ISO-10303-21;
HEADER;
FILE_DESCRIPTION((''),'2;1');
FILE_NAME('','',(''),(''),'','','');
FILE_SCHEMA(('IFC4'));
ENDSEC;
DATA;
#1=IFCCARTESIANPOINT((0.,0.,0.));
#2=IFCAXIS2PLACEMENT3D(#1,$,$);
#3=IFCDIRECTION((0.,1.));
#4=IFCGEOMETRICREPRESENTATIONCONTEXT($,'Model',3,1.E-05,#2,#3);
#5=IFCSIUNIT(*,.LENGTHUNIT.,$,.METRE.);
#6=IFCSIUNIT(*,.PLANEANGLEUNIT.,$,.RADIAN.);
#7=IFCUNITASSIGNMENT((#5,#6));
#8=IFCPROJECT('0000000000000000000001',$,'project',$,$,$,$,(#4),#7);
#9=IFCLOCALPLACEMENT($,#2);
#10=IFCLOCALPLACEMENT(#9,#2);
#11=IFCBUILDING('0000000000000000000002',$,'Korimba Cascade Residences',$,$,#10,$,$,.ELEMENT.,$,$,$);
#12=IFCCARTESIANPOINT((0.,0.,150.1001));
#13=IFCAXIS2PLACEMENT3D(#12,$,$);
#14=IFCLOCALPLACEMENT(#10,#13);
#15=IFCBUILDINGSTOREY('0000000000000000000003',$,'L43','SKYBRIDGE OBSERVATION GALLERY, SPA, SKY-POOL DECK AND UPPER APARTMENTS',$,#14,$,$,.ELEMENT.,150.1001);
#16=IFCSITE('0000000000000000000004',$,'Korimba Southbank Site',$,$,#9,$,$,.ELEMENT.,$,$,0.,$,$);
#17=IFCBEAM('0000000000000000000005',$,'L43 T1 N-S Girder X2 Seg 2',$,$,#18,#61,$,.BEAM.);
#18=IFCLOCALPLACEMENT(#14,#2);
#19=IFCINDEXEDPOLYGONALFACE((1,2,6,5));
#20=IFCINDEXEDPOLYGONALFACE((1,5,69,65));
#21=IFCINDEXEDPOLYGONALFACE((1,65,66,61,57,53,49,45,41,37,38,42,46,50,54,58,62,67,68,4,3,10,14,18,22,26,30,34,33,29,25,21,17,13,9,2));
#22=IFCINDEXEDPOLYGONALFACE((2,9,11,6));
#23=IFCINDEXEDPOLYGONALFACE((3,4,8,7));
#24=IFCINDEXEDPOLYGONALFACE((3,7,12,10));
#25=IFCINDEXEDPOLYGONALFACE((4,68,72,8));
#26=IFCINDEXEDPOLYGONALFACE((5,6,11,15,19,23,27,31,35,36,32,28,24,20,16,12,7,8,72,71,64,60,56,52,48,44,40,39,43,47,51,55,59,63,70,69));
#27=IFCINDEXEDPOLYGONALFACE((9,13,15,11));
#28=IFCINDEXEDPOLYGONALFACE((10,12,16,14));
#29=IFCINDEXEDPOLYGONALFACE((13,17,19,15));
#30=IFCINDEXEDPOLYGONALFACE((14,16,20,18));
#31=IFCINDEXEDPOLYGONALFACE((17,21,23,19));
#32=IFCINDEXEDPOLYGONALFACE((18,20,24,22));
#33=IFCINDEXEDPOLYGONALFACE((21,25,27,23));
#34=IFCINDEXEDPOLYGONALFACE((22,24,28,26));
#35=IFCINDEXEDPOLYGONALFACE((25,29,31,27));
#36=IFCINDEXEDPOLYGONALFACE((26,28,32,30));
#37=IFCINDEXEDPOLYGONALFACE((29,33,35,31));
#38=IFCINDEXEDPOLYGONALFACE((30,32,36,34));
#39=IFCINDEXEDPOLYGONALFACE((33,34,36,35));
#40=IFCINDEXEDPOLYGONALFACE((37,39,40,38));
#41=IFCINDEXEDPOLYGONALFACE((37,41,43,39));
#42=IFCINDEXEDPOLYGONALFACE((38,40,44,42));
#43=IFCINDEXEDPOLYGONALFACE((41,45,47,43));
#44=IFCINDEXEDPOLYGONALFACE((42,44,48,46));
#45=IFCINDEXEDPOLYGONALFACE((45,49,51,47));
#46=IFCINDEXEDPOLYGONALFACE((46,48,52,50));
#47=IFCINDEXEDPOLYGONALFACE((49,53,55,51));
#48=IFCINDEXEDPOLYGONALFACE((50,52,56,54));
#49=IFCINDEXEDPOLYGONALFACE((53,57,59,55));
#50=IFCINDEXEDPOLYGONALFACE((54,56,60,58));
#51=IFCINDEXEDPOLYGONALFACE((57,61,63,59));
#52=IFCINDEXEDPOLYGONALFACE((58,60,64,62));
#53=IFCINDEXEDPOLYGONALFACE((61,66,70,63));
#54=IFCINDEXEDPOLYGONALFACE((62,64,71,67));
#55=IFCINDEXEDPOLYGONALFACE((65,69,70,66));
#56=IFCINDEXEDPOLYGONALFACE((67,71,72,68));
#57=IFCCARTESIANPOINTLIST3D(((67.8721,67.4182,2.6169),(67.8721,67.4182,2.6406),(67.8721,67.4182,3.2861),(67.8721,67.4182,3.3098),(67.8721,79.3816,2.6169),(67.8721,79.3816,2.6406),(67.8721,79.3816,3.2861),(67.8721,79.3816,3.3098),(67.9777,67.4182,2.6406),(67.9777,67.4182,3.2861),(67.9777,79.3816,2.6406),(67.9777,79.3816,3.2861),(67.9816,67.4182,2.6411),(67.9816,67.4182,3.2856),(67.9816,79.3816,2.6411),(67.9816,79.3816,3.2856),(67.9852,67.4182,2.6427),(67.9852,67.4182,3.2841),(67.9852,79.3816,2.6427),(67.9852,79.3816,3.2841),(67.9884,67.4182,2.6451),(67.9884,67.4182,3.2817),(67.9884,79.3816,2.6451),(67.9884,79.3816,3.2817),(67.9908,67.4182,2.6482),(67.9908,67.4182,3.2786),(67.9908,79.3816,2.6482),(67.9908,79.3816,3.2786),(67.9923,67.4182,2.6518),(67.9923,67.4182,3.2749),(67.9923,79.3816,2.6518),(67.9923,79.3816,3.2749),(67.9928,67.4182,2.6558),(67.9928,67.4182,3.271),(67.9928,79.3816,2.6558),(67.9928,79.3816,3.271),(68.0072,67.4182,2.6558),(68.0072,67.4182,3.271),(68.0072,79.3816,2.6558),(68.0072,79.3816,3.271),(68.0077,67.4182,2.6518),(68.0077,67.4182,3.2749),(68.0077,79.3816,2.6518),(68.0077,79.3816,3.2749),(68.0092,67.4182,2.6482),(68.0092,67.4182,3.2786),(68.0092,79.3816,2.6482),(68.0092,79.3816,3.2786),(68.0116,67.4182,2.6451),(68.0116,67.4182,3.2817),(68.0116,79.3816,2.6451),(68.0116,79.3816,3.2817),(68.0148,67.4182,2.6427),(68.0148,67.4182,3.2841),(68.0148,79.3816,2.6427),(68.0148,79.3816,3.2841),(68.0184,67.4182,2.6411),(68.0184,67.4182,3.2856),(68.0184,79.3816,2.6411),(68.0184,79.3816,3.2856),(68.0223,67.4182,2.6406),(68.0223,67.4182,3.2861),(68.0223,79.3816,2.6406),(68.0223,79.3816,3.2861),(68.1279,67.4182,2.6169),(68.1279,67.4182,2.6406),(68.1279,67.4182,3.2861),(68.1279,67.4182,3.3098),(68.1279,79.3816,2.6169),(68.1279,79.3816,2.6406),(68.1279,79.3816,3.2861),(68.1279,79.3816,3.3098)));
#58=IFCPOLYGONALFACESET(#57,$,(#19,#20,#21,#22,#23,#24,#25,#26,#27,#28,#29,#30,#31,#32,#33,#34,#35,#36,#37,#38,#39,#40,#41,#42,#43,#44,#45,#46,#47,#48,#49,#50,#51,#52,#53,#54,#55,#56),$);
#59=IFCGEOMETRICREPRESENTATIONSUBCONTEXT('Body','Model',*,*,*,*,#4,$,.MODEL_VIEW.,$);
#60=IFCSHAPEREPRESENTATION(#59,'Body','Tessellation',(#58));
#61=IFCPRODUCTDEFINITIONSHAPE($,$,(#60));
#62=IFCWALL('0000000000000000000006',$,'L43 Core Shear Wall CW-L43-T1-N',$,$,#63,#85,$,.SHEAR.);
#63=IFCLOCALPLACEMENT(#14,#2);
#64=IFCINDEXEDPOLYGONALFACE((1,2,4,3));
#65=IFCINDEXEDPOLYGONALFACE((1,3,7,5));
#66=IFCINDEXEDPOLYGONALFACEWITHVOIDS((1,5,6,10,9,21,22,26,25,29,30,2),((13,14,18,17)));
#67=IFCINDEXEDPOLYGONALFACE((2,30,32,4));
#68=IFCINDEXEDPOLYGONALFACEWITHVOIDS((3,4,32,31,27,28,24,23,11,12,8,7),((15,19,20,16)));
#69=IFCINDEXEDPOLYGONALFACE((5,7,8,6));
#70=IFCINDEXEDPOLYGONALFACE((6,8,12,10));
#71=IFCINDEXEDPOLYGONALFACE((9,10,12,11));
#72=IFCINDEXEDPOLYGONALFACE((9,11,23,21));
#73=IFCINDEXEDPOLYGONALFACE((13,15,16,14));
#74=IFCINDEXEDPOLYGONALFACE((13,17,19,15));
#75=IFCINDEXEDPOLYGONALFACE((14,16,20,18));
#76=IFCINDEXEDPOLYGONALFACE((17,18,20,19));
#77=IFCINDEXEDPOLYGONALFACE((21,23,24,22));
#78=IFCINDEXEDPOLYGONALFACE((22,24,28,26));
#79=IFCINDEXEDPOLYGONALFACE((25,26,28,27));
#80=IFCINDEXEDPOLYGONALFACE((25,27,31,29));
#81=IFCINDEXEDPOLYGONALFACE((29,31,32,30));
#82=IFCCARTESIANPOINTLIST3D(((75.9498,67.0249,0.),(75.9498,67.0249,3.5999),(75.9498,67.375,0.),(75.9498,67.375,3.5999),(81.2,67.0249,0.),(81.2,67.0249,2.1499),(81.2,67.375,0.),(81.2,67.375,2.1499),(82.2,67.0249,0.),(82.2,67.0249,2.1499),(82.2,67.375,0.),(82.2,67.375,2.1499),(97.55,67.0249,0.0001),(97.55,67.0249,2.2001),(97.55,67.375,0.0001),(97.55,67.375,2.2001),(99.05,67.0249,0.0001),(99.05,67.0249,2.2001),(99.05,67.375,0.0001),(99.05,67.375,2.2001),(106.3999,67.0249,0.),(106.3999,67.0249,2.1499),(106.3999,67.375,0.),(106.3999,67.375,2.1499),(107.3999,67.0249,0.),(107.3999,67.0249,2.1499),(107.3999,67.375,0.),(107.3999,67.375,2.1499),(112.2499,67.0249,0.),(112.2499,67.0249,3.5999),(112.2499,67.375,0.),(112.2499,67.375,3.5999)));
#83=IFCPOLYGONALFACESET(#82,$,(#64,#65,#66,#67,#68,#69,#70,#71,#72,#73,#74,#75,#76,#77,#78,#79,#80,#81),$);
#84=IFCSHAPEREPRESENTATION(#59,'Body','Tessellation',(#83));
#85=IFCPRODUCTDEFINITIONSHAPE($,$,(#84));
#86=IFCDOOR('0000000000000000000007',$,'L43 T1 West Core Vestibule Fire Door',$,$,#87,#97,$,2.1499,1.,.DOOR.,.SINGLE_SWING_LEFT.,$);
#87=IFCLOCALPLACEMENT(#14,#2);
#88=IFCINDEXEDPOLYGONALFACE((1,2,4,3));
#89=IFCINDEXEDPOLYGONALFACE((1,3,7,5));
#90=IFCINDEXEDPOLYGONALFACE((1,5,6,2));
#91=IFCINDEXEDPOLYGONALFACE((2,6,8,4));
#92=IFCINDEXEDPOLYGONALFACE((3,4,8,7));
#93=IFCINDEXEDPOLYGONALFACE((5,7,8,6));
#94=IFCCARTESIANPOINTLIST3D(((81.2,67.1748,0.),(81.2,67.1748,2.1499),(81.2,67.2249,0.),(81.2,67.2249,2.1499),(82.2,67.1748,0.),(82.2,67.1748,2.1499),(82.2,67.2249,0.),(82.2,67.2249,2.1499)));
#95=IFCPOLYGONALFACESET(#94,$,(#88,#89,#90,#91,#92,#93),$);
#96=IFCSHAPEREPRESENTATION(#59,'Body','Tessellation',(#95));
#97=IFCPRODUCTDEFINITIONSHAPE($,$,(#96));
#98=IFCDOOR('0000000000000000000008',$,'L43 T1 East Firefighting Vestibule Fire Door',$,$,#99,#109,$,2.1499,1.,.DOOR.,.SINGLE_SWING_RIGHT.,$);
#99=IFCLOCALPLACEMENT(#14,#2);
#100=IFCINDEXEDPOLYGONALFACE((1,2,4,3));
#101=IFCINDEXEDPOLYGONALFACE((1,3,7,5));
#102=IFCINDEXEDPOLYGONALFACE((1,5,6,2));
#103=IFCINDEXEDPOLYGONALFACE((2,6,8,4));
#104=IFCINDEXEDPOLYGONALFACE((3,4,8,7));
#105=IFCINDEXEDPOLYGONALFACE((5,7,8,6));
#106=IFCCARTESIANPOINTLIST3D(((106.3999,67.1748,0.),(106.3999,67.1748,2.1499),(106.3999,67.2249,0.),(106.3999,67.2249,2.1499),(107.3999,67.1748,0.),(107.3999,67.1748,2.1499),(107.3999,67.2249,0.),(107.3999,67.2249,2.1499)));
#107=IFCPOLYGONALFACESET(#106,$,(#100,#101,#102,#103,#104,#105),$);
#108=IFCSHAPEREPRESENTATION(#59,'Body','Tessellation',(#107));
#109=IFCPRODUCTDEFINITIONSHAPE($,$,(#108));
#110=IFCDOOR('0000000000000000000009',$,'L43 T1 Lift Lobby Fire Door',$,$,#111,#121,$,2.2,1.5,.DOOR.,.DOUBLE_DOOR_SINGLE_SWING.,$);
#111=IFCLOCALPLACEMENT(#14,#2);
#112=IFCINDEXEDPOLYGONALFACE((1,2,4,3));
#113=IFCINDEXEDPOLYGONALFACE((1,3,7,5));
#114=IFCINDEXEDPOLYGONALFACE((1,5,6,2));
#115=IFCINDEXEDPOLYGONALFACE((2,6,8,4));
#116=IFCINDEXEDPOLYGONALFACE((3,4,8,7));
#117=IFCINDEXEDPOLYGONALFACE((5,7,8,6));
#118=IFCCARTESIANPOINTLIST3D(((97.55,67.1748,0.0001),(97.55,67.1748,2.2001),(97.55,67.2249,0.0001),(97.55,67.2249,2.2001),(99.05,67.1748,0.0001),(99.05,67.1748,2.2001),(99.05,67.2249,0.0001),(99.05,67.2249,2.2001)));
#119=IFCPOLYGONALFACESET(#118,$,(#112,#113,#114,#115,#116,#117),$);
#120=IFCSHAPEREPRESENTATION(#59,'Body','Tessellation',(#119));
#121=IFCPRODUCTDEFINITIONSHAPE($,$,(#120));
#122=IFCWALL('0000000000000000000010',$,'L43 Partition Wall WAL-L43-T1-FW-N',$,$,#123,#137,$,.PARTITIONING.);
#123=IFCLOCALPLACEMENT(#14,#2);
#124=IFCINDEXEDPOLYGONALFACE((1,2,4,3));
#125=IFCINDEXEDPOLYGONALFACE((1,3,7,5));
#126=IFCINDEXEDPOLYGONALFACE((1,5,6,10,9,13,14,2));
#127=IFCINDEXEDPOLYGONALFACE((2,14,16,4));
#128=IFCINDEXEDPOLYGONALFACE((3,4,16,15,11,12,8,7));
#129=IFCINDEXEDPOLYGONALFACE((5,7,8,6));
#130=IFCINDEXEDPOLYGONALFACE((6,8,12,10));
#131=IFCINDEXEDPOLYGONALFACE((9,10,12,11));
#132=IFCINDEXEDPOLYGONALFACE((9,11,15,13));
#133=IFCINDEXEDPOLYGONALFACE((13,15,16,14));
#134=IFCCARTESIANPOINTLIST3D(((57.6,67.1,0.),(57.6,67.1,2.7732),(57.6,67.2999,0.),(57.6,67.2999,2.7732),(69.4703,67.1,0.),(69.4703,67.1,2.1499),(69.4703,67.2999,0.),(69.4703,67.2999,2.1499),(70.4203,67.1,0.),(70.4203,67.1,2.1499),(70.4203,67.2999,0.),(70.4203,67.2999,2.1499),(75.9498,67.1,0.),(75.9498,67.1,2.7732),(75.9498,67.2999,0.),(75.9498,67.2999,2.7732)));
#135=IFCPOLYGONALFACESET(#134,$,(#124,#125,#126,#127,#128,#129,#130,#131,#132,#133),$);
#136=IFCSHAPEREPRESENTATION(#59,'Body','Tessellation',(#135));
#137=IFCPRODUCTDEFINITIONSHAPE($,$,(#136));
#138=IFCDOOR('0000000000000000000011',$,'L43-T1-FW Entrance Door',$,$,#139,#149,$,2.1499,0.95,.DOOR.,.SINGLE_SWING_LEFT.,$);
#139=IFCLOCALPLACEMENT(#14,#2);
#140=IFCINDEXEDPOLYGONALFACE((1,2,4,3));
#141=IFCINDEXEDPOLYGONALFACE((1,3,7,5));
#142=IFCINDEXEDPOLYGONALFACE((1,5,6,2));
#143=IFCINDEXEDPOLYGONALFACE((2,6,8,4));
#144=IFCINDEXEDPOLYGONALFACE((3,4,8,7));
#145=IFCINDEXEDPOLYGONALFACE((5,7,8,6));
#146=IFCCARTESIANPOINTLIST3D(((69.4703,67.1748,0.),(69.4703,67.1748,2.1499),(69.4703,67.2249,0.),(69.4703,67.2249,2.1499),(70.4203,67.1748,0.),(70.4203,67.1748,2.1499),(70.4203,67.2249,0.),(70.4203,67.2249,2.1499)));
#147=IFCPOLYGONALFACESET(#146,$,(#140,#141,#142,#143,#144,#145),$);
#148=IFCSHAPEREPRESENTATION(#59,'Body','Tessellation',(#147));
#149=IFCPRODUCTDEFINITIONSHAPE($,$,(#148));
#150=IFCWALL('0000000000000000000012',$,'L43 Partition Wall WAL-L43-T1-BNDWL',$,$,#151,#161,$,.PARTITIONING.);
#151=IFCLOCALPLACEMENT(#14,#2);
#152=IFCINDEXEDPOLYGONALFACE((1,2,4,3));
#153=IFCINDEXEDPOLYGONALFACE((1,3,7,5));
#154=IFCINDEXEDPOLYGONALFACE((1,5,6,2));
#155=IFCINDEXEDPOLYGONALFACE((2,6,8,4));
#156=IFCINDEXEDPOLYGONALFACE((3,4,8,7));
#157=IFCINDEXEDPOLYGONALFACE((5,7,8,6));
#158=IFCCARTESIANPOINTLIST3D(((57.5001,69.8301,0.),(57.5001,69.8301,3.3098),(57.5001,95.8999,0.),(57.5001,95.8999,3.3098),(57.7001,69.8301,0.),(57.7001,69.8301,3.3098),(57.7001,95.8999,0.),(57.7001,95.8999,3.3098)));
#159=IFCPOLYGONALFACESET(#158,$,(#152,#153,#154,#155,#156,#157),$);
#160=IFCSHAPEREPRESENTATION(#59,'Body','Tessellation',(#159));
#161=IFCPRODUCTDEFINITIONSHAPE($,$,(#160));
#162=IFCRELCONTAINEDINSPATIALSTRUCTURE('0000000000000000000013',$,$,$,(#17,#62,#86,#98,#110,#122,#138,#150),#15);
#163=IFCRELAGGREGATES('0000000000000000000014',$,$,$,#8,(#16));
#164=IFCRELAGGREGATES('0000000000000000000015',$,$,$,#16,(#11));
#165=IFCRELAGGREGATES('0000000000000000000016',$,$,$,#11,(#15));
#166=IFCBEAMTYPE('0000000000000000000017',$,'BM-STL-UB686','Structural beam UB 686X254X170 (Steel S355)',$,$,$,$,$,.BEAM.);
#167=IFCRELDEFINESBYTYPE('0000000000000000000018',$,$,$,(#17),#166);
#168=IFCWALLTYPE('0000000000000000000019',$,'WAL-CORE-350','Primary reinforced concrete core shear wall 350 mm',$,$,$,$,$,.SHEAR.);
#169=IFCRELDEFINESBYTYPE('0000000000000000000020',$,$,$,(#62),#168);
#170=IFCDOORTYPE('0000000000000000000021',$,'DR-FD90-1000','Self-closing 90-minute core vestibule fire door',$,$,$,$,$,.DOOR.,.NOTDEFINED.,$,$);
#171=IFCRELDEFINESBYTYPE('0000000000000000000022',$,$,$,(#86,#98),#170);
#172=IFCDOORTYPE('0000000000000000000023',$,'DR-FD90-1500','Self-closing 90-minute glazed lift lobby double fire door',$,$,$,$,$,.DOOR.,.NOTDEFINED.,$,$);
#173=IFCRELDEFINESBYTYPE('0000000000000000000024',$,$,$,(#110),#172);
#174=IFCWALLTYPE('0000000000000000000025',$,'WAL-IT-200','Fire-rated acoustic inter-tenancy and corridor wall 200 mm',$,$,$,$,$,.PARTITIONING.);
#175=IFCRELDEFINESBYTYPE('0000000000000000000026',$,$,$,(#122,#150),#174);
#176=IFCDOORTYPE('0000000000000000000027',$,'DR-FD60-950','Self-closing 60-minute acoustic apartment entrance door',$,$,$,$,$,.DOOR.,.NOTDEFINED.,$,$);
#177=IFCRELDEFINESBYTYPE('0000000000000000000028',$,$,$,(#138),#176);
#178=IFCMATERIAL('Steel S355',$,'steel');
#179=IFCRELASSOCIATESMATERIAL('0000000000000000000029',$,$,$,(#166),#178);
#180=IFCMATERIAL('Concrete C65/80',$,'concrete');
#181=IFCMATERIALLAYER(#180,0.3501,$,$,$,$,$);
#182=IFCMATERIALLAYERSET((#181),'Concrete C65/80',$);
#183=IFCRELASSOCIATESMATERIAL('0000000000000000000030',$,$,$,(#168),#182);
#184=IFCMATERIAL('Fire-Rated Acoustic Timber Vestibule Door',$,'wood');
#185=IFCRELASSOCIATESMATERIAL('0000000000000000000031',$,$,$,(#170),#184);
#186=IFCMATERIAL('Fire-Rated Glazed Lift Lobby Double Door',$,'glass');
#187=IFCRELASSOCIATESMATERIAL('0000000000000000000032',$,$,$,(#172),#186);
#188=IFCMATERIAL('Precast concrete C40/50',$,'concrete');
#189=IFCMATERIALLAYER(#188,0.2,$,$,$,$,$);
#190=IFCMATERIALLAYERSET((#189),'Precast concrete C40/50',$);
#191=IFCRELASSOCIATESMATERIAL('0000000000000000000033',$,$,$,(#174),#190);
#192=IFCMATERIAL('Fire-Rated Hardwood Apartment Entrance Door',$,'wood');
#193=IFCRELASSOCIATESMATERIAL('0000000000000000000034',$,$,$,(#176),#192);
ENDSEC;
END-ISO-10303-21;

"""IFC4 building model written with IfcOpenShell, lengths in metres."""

from ifc_helpers import new_model, si_unit, direction, frame, frame_2d, origin, origin_2d, place, context, subcontext, project, spatial, rectangle, i_section, extrude, material, layer, layer_set, material_profile, profile_set, type_object, element, fill, save


model = new_model("IFC4")

# Units and contexts
model_context = context("Model", 3, precision=1e-05, world=origin(), true_north=direction((0.0, 1.0)))
body_context = subcontext(model_context, "Body", "Model", "MODEL_VIEW")
ifc_project = project(units=[si_unit("LENGTHUNIT", "METRE"), si_unit("PLANEANGLEUNIT", "RADIAN")], contexts=[model_context])

# Site, building, storey
site_placement = place(None, origin())
site = spatial("IfcSite", under=ifc_project, at=site_placement, Name="Korimba Southbank Site", CompositionType="ELEMENT", RefElevation=0.0)
building_placement = place(site_placement, origin())
building = spatial("IfcBuilding", under=site, at=building_placement, Name="Korimba Cascade Residences", CompositionType="ELEMENT")
storey_placement = place(building_placement, frame((0.0, 0.0, 150.1001)))
storey = spatial("IfcBuildingStorey", under=building, at=storey_placement, Name="L43", Description="SKYBRIDGE OBSERVATION GALLERY, SPA, SKY-POOL DECK AND UPPER APARTMENTS", CompositionType="ELEMENT", Elevation=150.1001)

# Beam
ifc_material_1 = material(Name="Steel S355", Category="steel")
ifc_material_profile_1 = material_profile(ifc_material_1, i_section(OverallWidth=0.2559, OverallDepth=0.6929, WebThickness=0.0144, FlangeThickness=0.0237, FilletRadius=0.0151, at=origin_2d()), Name="Steel S355")
ifc_profile_set_1 = profile_set([ifc_material_profile_1], Name="Steel S355")
beam_type_1 = type_object("IfcBeamType", Name="BM-STL-UB686", Description="Structural beam UB 686X254X170 (Steel S355)", PredefinedType="BEAM", material=ifc_profile_set_1)
for number, where, z_axis, x_axis, name in (
    (1, (68.0, 67.4182, 2.9634), (0.0, 1.0, 0.0), (-1.0, 0.0, 0.0), "L43 T1 N-S Girder X2 Seg 2"),
):
    element("IfcBeam", number, at=place(storey_placement, frame(where, z_axis=z_axis, x_axis=x_axis)), inside=storey, type_object=beam_type_1, Name=name, PredefinedType="BEAM", context=body_context, shape_type="SweptSolid", body=[
        extrude(i_section(OverallWidth=0.2559, OverallDepth=0.6929, WebThickness=0.0144, FlangeThickness=0.0237, FilletRadius=0.0151, at=origin_2d()), origin(), (0.0, 0.0, 1.0), 11.9634),
    ])

# Wall, openings, doors
ifc_material_2 = material(Name="Concrete C65/80", Category="concrete")
ifc_layer_1 = layer(ifc_material_2, 0.3501)
ifc_layer_set_1 = layer_set([ifc_layer_1], Name="Concrete C65/80")
wall_type_1 = type_object("IfcWallType", Name="WAL-CORE-350", Description="Primary reinforced concrete core shear wall 350 mm", PredefinedType="SHEAR", material=ifc_layer_set_1)
wall_1_placement = place(storey_placement, frame((75.95, 67.2, 0.0), z_axis=(0.0, 0.0, 1.0), x_axis=(1.0, 0.0, 0.0)))
wall_1 = element("IfcWall", 2, at=wall_1_placement, inside=storey, type_object=wall_type_1, Name="L43 Core Shear Wall CW-L43-T1-N", PredefinedType="SHEAR", context=body_context, shape_type="SweptSolid", body=[
    extrude(rectangle(XDim=36.3, YDim=0.3501, at=frame_2d((18.1499, 0.0))), origin(), (0.0, 0.0, 1.0), 3.5999),
])
opening_1_placement = place(wall_1_placement, frame((5.25, 0.0, 0.0)))
opening_1 = element("IfcOpeningElement", 3, at=opening_1_placement, cuts=wall_1, PredefinedType="OPENING", context=body_context, shape_type="SweptSolid", body=[
    extrude(rectangle(XDim=1.0, YDim=2.1499, at=frame_2d((0.5, 1.075))), frame((0.0, 0.1851, 0.0), z_axis=(0.0, -1.0, 0.0), x_axis=(1.0, 0.0, 0.0)), (0.0, 0.0, 1.0), 0.3701),
])
opening_2_placement = place(wall_1_placement, frame((21.6001, 0.0, 0.0)))
opening_2 = element("IfcOpeningElement", 4, at=opening_2_placement, cuts=wall_1, PredefinedType="OPENING", context=body_context, shape_type="SweptSolid", body=[
    extrude(rectangle(XDim=1.5, YDim=2.2, at=frame_2d((0.75, 1.1001))), frame((0.0, 0.1851, 0.0), z_axis=(0.0, -1.0, 0.0), x_axis=(1.0, 0.0, 0.0)), (0.0, 0.0, 1.0), 0.3701),
])
opening_3_placement = place(wall_1_placement, frame((30.45, 0.0, 0.0)))
opening_3 = element("IfcOpeningElement", 5, at=opening_3_placement, cuts=wall_1, PredefinedType="OPENING", context=body_context, shape_type="SweptSolid", body=[
    extrude(rectangle(XDim=1.0, YDim=2.1499, at=frame_2d((0.5, 1.075))), frame((0.0, 0.1851, 0.0), z_axis=(0.0, -1.0, 0.0), x_axis=(1.0, 0.0, 0.0)), (0.0, 0.0, 1.0), 0.3701),
])
ifc_material_3 = material(Name="Fire-Rated Acoustic Timber Vestibule Door", Category="wood")
door_type_1 = type_object("IfcDoorType", Name="DR-FD90-1000", Description="Self-closing 90-minute core vestibule fire door", OperationType="NOTDEFINED", PredefinedType="DOOR", material=ifc_material_3)
door_1_placement = place(opening_1_placement, origin())
door_1 = element("IfcDoor", 6, at=door_1_placement, inside=storey, type_object=door_type_1, Name="L43 T1 West Core Vestibule Fire Door", OperationType="SINGLE_SWING_LEFT", OverallHeight=2.1499, OverallWidth=1.0, PredefinedType="DOOR", context=body_context, shape_type="SweptSolid", body=[
    extrude(rectangle(XDim=1.0, YDim=2.1499, at=frame_2d((0.5, 1.075))), frame((0.0, 0.0249, 0.0), z_axis=(0.0, -1.0, 0.0), x_axis=(1.0, 0.0, 0.0)), (0.0, 0.0, 1.0), 0.05),
])
fill(opening_1, door_1)
door_2_placement = place(opening_3_placement, origin())
door_2 = element("IfcDoor", 7, at=door_2_placement, inside=storey, type_object=door_type_1, Name="L43 T1 East Firefighting Vestibule Fire Door", OperationType="SINGLE_SWING_RIGHT", OverallHeight=2.1499, OverallWidth=1.0, PredefinedType="DOOR", context=body_context, shape_type="SweptSolid", body=[
    extrude(rectangle(XDim=1.0, YDim=2.1499, at=frame_2d((0.5, 1.075))), frame((0.0, 0.0249, 0.0), z_axis=(0.0, -1.0, 0.0), x_axis=(1.0, 0.0, 0.0)), (0.0, 0.0, 1.0), 0.05),
])
fill(opening_3, door_2)
ifc_material_4 = material(Name="Fire-Rated Glazed Lift Lobby Double Door", Category="glass")
door_type_2 = type_object("IfcDoorType", Name="DR-FD90-1500", Description="Self-closing 90-minute glazed lift lobby double fire door", OperationType="NOTDEFINED", PredefinedType="DOOR", material=ifc_material_4)
door_3_placement = place(opening_2_placement, origin())
door_3 = element("IfcDoor", 8, at=door_3_placement, inside=storey, type_object=door_type_2, Name="L43 T1 Lift Lobby Fire Door", OperationType="DOUBLE_DOOR_SINGLE_SWING", OverallHeight=2.2, OverallWidth=1.5, PredefinedType="DOOR", context=body_context, shape_type="SweptSolid", body=[
    extrude(rectangle(XDim=1.5, YDim=2.2, at=frame_2d((0.75, 1.1001))), frame((0.0, 0.0249, 0.0), z_axis=(0.0, -1.0, 0.0), x_axis=(1.0, 0.0, 0.0)), (0.0, 0.0, 1.0), 0.05),
])
fill(opening_2, door_3)

# Wall, opening, door
ifc_material_5 = material(Name="Precast concrete C40/50", Category="concrete")
ifc_layer_2 = layer(ifc_material_5, 0.2)
ifc_layer_set_2 = layer_set([ifc_layer_2], Name="Precast concrete C40/50")
wall_type_2 = type_object("IfcWallType", Name="WAL-IT-200", Description="Fire-rated acoustic inter-tenancy and corridor wall 200 mm", PredefinedType="PARTITIONING", material=ifc_layer_set_2)
wall_2_placement = place(storey_placement, frame((57.6001, 67.2, 0.0), z_axis=(0.0, 0.0, 1.0), x_axis=(1.0, 0.0, 0.0)))
wall_2 = element("IfcWall", 9, at=wall_2_placement, inside=storey, type_object=wall_type_2, Name="L43 Partition Wall WAL-L43-T1-FW-N", PredefinedType="PARTITIONING", context=body_context, shape_type="SweptSolid", body=[
    extrude(rectangle(XDim=18.3499, YDim=0.2, at=frame_2d((9.1748, 0.0))), origin(), (0.0, 0.0, 1.0), 2.7732),
])
opening_4_placement = place(wall_2_placement, frame((11.8701, 0.0, 0.0)))
opening_4 = element("IfcOpeningElement", 10, at=opening_4_placement, cuts=wall_2, PredefinedType="OPENING", context=body_context, shape_type="SweptSolid", body=[
    extrude(rectangle(XDim=0.95, YDim=2.1499, at=frame_2d((0.4751, 1.075))), frame((0.0, 0.1099, 0.0), z_axis=(0.0, -1.0, 0.0), x_axis=(1.0, 0.0, 0.0)), (0.0, 0.0, 1.0), 0.22),
])
ifc_material_6 = material(Name="Fire-Rated Hardwood Apartment Entrance Door", Category="wood")
door_type_3 = type_object("IfcDoorType", Name="DR-FD60-950", Description="Self-closing 60-minute acoustic apartment entrance door", OperationType="NOTDEFINED", PredefinedType="DOOR", material=ifc_material_6)
door_4_placement = place(opening_4_placement, origin())
door_4 = element("IfcDoor", 11, at=door_4_placement, inside=storey, type_object=door_type_3, Name="L43-T1-FW Entrance Door", OperationType="SINGLE_SWING_LEFT", OverallHeight=2.1499, OverallWidth=0.95, PredefinedType="DOOR", context=body_context, shape_type="SweptSolid", body=[
    extrude(rectangle(XDim=0.95, YDim=2.1499, at=frame_2d((0.4751, 1.075))), frame((0.0, 0.0249, 0.0), z_axis=(0.0, -1.0, 0.0), x_axis=(1.0, 0.0, 0.0)), (0.0, 0.0, 1.0), 0.05),
])
fill(opening_4, door_4)

# Wall
wall_3_placement = place(storey_placement, frame((57.6001, 69.8301, 0.0), z_axis=(0.0, 0.0, 1.0), x_axis=(0.0, 1.0, 0.0)))
element("IfcWall", 12, at=wall_3_placement, inside=storey, type_object=wall_type_2, Name="L43 Partition Wall WAL-L43-T1-BNDWL", PredefinedType="PARTITIONING", context=body_context, shape_type="SweptSolid", body=[
    extrude(rectangle(XDim=26.0698, YDim=0.2, at=frame_2d((13.0349, 0.0))), origin(), (0.0, 0.0, 1.0), 3.3098),
])

save(model, "model.ifc")
